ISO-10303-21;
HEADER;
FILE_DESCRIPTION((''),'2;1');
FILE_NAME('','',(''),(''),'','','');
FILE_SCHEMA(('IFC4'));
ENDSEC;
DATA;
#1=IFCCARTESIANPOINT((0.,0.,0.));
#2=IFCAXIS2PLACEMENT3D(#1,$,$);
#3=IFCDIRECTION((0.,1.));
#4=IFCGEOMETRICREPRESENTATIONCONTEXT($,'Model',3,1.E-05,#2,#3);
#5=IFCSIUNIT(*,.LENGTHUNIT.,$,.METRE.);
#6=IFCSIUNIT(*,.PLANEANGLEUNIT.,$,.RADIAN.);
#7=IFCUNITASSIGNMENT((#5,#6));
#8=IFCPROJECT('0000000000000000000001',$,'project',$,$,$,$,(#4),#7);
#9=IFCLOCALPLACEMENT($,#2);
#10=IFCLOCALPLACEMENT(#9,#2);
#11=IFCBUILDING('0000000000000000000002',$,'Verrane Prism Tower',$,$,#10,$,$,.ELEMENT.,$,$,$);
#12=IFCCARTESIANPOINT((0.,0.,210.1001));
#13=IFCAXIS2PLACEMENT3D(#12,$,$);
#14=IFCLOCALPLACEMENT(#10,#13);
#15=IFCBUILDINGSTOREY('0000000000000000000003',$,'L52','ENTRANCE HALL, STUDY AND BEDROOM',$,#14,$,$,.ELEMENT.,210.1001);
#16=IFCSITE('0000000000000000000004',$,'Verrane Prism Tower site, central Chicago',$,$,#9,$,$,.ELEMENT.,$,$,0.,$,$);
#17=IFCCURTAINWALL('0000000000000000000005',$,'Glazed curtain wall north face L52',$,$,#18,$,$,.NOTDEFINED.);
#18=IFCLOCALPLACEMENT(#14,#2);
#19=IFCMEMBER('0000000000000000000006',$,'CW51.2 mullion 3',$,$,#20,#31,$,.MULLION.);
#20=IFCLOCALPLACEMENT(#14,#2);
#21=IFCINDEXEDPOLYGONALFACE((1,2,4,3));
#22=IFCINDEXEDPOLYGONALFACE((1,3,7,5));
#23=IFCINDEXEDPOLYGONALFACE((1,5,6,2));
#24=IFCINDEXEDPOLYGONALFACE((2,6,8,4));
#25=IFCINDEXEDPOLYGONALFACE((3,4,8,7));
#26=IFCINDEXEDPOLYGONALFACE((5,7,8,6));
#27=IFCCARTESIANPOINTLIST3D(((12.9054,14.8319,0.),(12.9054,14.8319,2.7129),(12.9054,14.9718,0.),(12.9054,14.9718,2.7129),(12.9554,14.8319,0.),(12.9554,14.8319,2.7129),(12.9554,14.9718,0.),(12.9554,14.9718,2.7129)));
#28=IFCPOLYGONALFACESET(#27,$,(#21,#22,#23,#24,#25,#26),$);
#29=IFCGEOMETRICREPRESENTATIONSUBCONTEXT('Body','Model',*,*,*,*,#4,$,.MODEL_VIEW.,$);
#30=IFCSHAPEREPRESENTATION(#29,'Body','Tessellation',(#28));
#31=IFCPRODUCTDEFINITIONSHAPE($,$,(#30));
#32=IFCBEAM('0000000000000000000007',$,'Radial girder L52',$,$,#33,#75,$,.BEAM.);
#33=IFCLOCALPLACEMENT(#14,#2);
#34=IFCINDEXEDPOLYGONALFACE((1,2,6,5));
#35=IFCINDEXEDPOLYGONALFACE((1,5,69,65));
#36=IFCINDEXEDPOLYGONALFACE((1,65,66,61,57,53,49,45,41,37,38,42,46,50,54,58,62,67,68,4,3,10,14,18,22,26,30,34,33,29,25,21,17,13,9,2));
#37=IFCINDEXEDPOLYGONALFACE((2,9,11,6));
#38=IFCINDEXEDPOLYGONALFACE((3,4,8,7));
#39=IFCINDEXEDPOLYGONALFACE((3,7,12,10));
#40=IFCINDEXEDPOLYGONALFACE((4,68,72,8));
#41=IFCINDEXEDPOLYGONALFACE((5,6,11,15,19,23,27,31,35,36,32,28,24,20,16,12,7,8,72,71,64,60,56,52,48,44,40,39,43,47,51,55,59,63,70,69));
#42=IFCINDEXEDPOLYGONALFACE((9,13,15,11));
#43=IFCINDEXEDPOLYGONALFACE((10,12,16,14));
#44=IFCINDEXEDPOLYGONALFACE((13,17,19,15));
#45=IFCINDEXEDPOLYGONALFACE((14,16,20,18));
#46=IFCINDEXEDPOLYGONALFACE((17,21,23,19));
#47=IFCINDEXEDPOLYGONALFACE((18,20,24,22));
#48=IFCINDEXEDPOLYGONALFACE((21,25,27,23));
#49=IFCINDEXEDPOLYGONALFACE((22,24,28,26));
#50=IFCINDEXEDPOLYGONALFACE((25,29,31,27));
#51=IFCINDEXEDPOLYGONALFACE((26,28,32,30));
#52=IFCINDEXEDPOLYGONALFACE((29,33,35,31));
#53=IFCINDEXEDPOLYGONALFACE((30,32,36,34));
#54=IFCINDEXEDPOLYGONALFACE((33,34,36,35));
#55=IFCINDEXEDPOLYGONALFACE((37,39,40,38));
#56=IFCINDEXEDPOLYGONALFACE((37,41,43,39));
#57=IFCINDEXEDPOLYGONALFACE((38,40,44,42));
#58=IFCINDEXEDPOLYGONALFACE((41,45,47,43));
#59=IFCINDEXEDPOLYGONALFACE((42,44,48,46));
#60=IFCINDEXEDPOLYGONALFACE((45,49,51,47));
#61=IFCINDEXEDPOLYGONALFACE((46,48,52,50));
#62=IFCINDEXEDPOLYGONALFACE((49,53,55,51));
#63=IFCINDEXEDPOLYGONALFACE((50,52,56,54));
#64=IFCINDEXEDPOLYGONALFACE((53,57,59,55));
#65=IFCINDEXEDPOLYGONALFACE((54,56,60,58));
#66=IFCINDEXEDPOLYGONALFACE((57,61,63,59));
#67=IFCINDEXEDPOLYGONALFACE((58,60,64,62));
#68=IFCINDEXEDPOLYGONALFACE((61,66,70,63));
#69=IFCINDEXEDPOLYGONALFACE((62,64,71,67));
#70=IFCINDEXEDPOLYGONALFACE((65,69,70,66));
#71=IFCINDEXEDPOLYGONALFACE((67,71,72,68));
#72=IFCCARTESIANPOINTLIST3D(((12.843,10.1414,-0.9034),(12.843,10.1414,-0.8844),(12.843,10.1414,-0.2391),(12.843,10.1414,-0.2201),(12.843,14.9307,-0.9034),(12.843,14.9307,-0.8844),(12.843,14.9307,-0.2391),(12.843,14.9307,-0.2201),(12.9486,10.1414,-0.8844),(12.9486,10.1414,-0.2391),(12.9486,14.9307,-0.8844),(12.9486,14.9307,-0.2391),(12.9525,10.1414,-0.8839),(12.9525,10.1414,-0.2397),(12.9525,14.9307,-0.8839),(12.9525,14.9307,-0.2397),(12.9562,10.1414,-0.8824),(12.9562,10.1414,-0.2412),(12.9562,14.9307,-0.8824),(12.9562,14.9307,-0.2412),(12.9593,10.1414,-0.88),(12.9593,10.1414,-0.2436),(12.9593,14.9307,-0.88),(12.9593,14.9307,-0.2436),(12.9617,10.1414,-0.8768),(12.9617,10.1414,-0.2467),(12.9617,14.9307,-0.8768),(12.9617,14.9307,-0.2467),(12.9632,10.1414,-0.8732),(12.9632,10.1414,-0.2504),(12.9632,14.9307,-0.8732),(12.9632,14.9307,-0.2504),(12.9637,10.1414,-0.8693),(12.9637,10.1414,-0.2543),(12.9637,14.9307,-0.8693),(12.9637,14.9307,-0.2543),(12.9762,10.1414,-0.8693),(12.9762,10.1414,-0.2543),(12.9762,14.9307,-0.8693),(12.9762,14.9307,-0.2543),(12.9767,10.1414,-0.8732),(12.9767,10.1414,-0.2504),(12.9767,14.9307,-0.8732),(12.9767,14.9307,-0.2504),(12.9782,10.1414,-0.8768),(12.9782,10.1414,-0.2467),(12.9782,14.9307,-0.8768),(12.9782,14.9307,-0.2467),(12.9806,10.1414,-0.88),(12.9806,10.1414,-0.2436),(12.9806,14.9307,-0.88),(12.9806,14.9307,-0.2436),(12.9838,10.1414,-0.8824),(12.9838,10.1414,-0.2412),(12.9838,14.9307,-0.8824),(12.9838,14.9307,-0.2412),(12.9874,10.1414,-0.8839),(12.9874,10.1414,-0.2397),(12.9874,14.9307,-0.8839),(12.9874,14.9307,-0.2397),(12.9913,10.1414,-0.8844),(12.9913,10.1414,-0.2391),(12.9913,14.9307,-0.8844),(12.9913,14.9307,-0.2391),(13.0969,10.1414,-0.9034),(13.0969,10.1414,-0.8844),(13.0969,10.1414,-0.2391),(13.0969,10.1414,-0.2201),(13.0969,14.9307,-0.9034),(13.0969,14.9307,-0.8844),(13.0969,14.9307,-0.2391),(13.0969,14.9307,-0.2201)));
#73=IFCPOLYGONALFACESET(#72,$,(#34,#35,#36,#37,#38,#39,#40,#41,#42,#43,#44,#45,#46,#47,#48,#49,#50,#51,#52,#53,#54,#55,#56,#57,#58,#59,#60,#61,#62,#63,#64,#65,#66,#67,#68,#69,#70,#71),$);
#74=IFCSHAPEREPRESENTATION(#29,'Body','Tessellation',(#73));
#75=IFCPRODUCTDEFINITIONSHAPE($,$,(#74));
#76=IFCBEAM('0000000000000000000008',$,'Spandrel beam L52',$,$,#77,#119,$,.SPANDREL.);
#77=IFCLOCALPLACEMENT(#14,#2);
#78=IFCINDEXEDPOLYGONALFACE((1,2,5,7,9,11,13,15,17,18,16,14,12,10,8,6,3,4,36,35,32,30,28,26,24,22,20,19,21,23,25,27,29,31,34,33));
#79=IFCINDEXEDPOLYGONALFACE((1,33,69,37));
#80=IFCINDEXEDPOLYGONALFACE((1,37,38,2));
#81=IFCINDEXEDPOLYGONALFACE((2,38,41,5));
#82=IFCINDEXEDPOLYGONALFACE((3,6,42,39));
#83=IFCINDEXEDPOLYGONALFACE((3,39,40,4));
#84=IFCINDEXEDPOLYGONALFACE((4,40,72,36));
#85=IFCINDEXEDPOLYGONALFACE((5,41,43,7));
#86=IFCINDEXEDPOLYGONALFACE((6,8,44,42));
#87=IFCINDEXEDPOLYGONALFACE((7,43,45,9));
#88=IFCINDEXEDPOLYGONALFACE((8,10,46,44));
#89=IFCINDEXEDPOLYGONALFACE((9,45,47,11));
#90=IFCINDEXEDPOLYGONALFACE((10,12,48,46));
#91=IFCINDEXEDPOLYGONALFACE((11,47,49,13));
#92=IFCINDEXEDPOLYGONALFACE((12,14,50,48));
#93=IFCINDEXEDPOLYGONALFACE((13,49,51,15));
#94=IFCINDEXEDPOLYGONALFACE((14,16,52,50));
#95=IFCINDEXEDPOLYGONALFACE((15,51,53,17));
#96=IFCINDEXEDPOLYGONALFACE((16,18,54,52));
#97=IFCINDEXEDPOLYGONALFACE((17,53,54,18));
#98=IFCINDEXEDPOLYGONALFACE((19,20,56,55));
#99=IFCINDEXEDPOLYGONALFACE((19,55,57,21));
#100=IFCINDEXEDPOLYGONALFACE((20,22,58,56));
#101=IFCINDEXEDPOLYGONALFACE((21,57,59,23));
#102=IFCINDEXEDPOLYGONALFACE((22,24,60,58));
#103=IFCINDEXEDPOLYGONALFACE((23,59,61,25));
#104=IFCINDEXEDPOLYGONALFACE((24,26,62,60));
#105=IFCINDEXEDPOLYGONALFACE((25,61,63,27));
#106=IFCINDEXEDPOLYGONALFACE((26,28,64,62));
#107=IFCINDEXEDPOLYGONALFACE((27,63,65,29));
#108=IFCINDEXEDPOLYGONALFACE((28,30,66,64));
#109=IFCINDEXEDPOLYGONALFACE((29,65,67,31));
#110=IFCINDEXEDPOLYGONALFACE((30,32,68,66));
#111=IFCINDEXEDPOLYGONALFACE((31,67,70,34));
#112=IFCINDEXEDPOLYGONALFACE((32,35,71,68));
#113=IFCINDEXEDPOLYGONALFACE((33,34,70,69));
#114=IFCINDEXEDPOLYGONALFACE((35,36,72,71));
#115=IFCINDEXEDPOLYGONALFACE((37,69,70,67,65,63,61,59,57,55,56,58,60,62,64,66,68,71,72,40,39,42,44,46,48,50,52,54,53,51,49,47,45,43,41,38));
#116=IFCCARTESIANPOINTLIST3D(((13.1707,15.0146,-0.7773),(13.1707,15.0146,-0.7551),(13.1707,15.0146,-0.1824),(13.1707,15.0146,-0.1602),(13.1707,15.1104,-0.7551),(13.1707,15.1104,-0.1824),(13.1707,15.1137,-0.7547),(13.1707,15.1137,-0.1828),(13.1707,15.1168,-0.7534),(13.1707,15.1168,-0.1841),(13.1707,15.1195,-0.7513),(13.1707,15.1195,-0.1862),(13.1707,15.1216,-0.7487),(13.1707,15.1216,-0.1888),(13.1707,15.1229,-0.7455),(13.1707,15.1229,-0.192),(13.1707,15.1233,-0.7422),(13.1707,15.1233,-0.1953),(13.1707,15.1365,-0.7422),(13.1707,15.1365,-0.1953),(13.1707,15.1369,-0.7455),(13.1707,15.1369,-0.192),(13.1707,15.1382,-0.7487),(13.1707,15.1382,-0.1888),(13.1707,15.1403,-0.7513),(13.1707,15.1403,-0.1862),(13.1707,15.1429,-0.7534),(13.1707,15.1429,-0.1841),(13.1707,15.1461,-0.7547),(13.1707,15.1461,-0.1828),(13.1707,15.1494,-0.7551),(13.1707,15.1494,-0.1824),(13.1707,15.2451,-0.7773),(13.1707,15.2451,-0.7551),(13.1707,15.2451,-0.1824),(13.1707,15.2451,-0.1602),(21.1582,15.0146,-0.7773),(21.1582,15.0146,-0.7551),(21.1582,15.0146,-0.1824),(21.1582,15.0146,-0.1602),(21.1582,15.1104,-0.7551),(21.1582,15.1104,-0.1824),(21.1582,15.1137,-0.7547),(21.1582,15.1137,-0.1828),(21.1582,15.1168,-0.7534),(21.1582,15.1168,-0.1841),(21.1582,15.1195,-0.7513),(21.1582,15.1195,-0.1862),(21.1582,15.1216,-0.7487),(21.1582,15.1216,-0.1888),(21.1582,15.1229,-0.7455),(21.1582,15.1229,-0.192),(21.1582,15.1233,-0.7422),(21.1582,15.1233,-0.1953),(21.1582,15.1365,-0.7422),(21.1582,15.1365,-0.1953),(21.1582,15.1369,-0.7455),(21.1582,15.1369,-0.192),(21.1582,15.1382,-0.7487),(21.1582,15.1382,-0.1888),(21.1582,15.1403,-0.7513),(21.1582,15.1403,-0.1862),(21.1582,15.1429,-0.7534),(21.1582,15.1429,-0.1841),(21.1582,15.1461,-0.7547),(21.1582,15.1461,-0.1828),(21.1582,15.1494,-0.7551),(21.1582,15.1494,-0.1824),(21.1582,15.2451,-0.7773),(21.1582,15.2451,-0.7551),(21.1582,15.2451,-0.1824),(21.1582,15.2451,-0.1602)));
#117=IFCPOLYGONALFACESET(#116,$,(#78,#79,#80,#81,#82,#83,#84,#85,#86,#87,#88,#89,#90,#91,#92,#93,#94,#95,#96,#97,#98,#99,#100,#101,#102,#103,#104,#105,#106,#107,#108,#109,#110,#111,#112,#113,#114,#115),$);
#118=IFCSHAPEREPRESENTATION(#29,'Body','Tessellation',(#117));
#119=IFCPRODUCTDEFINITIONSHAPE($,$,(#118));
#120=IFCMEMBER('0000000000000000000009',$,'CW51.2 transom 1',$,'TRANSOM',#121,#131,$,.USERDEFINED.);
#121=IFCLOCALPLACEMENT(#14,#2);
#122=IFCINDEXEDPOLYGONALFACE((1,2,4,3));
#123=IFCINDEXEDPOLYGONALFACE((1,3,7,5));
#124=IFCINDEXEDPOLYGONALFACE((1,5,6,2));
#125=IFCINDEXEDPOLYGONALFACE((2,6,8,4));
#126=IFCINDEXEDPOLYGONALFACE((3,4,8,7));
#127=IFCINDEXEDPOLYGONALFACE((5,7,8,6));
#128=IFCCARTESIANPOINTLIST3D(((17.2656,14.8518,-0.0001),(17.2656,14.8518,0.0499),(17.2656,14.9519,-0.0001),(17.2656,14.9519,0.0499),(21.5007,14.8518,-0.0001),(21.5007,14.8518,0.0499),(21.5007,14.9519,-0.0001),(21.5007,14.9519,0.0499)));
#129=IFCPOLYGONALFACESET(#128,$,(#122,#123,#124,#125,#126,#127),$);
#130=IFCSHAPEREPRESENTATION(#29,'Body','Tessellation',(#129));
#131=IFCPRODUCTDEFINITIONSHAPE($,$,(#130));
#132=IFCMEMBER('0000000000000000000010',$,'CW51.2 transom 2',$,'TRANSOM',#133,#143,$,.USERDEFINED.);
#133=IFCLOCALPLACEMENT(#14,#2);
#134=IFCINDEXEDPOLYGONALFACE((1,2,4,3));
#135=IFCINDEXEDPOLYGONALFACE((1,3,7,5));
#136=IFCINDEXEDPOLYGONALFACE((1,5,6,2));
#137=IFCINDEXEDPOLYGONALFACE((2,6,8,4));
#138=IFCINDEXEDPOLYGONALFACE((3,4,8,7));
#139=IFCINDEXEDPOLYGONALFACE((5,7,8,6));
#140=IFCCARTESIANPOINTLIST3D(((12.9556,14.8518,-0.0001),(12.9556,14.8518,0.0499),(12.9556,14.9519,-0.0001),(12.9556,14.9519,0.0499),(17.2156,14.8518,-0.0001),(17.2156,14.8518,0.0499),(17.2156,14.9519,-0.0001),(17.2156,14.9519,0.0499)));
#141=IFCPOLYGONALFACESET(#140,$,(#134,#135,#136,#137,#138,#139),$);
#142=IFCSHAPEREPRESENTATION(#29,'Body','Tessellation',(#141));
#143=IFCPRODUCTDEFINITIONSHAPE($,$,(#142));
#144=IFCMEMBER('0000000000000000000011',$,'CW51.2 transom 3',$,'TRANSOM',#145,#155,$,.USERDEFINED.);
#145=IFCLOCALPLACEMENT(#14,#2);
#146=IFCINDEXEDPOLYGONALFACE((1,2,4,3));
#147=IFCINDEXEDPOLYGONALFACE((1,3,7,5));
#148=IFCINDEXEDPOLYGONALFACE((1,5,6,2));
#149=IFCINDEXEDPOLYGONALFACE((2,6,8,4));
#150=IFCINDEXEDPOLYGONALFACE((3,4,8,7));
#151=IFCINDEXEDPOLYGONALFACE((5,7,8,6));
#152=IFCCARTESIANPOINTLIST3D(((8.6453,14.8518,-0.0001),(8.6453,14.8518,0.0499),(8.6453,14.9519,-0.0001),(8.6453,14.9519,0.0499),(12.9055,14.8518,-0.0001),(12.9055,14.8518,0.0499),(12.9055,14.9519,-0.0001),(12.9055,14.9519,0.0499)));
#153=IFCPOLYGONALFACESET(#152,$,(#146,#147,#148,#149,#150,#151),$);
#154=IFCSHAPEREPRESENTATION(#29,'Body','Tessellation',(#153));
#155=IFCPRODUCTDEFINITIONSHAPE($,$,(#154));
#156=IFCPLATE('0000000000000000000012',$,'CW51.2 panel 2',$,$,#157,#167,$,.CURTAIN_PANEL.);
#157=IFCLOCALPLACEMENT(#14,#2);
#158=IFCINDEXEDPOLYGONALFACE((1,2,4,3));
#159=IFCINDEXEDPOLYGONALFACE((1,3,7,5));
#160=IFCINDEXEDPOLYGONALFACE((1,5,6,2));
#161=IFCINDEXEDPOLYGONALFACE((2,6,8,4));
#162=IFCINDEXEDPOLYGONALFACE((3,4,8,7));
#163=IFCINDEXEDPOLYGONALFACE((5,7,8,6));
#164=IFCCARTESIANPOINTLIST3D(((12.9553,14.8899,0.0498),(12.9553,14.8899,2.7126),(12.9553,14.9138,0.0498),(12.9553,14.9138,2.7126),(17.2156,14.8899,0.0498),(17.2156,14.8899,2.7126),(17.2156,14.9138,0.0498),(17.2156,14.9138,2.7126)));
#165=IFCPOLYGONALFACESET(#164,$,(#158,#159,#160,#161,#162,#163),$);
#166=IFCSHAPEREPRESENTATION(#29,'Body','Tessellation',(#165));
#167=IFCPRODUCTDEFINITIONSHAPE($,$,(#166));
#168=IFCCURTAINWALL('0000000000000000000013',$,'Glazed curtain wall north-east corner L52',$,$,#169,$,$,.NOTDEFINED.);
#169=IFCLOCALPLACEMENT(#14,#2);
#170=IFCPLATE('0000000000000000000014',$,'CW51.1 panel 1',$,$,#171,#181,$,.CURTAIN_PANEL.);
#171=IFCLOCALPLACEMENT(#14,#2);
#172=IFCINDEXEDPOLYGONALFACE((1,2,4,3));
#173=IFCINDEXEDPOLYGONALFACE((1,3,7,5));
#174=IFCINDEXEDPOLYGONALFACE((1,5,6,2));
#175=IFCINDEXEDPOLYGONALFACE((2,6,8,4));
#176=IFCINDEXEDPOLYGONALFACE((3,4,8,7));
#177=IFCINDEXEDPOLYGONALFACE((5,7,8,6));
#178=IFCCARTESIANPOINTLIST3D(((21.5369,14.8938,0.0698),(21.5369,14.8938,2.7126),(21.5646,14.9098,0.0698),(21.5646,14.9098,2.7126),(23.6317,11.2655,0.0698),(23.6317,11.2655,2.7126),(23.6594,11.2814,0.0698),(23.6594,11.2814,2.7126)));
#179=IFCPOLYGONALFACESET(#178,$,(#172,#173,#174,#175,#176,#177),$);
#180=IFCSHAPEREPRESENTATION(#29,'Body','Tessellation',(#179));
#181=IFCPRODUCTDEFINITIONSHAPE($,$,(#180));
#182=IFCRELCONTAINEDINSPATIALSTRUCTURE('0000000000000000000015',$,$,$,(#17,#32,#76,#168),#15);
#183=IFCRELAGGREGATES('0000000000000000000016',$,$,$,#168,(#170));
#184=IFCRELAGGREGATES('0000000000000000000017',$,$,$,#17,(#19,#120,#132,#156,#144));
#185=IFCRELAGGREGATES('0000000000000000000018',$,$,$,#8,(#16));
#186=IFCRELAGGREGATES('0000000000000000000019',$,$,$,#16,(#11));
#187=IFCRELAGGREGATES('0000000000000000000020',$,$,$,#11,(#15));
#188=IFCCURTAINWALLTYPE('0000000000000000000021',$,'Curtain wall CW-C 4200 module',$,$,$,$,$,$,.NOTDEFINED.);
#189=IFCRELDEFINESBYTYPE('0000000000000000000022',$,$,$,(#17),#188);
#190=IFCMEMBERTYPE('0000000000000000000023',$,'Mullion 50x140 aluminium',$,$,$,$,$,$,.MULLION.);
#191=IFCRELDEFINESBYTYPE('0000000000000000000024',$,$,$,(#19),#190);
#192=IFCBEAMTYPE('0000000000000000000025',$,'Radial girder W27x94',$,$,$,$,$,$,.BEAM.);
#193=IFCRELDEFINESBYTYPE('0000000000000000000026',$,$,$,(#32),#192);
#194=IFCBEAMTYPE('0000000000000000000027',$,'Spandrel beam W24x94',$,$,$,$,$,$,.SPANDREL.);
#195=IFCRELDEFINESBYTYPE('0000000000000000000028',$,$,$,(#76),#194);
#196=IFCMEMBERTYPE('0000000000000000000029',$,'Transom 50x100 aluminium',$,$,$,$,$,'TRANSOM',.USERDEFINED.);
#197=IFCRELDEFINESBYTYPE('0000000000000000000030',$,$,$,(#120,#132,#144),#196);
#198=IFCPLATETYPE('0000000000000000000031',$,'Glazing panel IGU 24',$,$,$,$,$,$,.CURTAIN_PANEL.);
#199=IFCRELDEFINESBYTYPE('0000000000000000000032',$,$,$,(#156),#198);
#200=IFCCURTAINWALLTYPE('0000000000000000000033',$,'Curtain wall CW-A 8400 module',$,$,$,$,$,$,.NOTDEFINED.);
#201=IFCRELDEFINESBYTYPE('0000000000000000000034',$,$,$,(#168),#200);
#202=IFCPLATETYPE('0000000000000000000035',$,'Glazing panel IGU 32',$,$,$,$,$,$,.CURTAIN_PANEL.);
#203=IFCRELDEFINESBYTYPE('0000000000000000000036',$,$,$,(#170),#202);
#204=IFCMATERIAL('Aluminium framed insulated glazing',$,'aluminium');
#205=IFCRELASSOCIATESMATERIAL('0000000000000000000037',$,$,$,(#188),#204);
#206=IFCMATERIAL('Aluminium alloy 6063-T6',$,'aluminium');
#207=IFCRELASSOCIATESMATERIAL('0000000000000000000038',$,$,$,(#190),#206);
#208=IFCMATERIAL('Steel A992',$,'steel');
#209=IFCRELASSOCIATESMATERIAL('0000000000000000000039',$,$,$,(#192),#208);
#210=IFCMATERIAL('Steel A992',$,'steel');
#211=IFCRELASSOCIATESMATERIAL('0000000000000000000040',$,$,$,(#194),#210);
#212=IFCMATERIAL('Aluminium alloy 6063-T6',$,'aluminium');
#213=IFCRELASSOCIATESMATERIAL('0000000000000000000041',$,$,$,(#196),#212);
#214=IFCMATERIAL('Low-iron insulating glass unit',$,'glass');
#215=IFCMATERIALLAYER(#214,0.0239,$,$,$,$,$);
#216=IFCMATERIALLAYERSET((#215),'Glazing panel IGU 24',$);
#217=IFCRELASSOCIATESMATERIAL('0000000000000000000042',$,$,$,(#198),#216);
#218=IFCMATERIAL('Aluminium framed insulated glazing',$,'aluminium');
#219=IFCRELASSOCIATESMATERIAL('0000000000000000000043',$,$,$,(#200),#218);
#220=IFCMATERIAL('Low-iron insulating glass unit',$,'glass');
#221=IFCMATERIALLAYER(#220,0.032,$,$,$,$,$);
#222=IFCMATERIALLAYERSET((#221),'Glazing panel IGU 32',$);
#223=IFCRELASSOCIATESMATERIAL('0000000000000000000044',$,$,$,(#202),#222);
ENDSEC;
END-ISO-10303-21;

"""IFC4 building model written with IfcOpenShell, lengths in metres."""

from ifc_helpers import new_model, si_unit, direction, frame, origin, origin_2d, place, context, subcontext, project, spatial, rectangle, i_section, extrude, material, layer, layer_set, material_profile, profile_set, type_object, element, aggregate, save


model = new_model("IFC4")

# Units and contexts
model_context = context("Model", 3, precision=1e-05, world=origin(), true_north=direction((0.0, 1.0)))
body_context = subcontext(model_context, "Body", "Model", "MODEL_VIEW")
ifc_project = project(units=[si_unit("LENGTHUNIT", "METRE"), si_unit("PLANEANGLEUNIT", "RADIAN")], contexts=[model_context])

# Site, building, storey
site_placement = place(None, origin())
site = spatial("IfcSite", under=ifc_project, at=site_placement, Name="Verrane Prism Tower site, central Chicago", CompositionType="ELEMENT", RefElevation=0.0)
building_placement = place(site_placement, origin())
building = spatial("IfcBuilding", under=site, at=building_placement, Name="Verrane Prism Tower", CompositionType="ELEMENT")
storey_placement = place(building_placement, frame((0.0, 0.0, 210.1001)))
storey = spatial("IfcBuildingStorey", under=building, at=storey_placement, Name="L52", Description="ENTRANCE HALL, STUDY AND BEDROOM", CompositionType="ELEMENT", Elevation=210.1001)

# Curtain wall, member
ifc_material_1 = material(Name="Aluminium framed insulated glazing", Category="aluminium")
curtain_wall_type_1 = type_object("IfcCurtainWallType", Name="Curtain wall CW-C 4200 module", PredefinedType="NOTDEFINED", material=ifc_material_1)
curtain_wall_1_placement = place(storey_placement, origin())
curtain_wall_1 = element("IfcCurtainWall", 1, at=curtain_wall_1_placement, inside=storey, type_object=curtain_wall_type_1, Name="Glazed curtain wall north face L52", PredefinedType="NOTDEFINED")
ifc_material_2 = material(Name="Aluminium alloy 6063-T6", Category="aluminium")
ifc_material_profile_1 = material_profile(ifc_material_2, rectangle(XDim=0.1399, YDim=0.05, at=origin_2d()), Name="Mullion 50x140 aluminium")
ifc_profile_set_1 = profile_set([ifc_material_profile_1], Name="Aluminium alloy 6063-T6")
member_type_1 = type_object("IfcMemberType", Name="Mullion 50x140 aluminium", PredefinedType="MULLION", material=ifc_profile_set_1)
member_1_placement = place(storey_placement, frame((12.9304, 14.9019, 0.0), z_axis=(0.0, 0.0, 1.0), x_axis=(0.0, -1.0, 0.0)))
member_1 = element("IfcMember", 2, at=member_1_placement, type_object=member_type_1, Name="CW51.2 mullion 3", PredefinedType="MULLION", context=body_context, shape_type="SweptSolid", body=[
    extrude(rectangle(XDim=0.1399, YDim=0.05, at=origin_2d()), origin(), (0.0, 0.0, 1.0), 2.7129),
])

# Beams
ifc_material_3 = material(Name="Steel A992", Category="steel")
ifc_material_profile_2 = material_profile(ifc_material_3, i_section(OverallWidth=0.2539, OverallDepth=0.6833, WebThickness=0.0125, FlangeThickness=0.019, FilletRadius=0.0151, at=origin_2d()), Name="W27x94")
ifc_profile_set_2 = profile_set([ifc_material_profile_2], Name="Steel A992")
beam_type_1 = type_object("IfcBeamType", Name="Radial girder W27x94", PredefinedType="BEAM", material=ifc_profile_set_2)
beam_1_placement = place(storey_placement, frame((12.97, 14.9307, -0.5618), z_axis=(0.0, -1.0, 0.0), x_axis=(1.0, 0.0, 0.0)))
element("IfcBeam", 3, at=beam_1_placement, inside=storey, type_object=beam_type_1, Name="Radial girder L52", PredefinedType="BEAM", context=body_context, shape_type="SweptSolid", body=[
    extrude(i_section(OverallWidth=0.2539, OverallDepth=0.6833, WebThickness=0.0125, FlangeThickness=0.019, FilletRadius=0.0151, at=origin_2d()), origin(), (0.0, 0.0, 1.0), 4.7893),
])
ifc_material_4 = material(Name="Steel A992", Category="steel")
ifc_material_profile_3 = material_profile(ifc_material_4, i_section(OverallWidth=0.2305, OverallDepth=0.6172, WebThickness=0.0132, FlangeThickness=0.0222, FilletRadius=0.0129, at=origin_2d()), Name="W24x94")
ifc_profile_set_3 = profile_set([ifc_material_profile_3], Name="Steel A992")
beam_type_2 = type_object("IfcBeamType", Name="Spandrel beam W24x94", PredefinedType="SPANDREL", material=ifc_profile_set_3)
beam_2_placement = place(storey_placement, frame((21.1582, 15.1299, -0.4688), z_axis=(-1.0, 0.0, 0.0), x_axis=(0.0, -1.0, 0.0)))
element("IfcBeam", 4, at=beam_2_placement, inside=storey, type_object=beam_type_2, Name="Spandrel beam L52", PredefinedType="SPANDREL", context=body_context, shape_type="SweptSolid", body=[
    extrude(i_section(OverallWidth=0.2305, OverallDepth=0.6172, WebThickness=0.0132, FlangeThickness=0.0222, FilletRadius=0.0129, at=origin_2d()), origin(), (0.0, 0.0, 1.0), 7.9875),
])

# Members
ifc_material_5 = material(Name="Aluminium alloy 6063-T6", Category="aluminium")
ifc_material_profile_4 = material_profile(ifc_material_5, rectangle(XDim=0.1001, YDim=0.05, at=origin_2d()), Name="Transom 50x100 aluminium")
ifc_profile_set_4 = profile_set([ifc_material_profile_4], Name="Aluminium alloy 6063-T6")
member_type_2 = type_object("IfcMemberType", Name="Transom 50x100 aluminium", ElementType="TRANSOM", PredefinedType="USERDEFINED", material=ifc_profile_set_4)
member_2_placement = place(storey_placement, frame((21.5007, 14.9019, 0.0249), z_axis=(-1.0, 0.0, 0.0), x_axis=(0.0, -1.0, 0.0)))
member_2 = element("IfcMember", 5, at=member_2_placement, type_object=member_type_2, Name="CW51.2 transom 1", ObjectType="TRANSOM", PredefinedType="USERDEFINED", context=body_context, shape_type="SweptSolid", body=[
    extrude(rectangle(XDim=0.1001, YDim=0.05, at=origin_2d()), origin(), (0.0, 0.0, 1.0), 4.2351),
])
member_3_placement = place(storey_placement, frame((17.2156, 14.9019, 0.0249), z_axis=(-1.0, 0.0, 0.0), x_axis=(0.0, -1.0, 0.0)))
member_3 = element("IfcMember", 6, at=member_3_placement, type_object=member_type_2, Name="CW51.2 transom 2", ObjectType="TRANSOM", PredefinedType="USERDEFINED", context=body_context, shape_type="SweptSolid", body=[
    extrude(rectangle(XDim=0.1001, YDim=0.05, at=origin_2d()), origin(), (0.0, 0.0, 1.0), 4.26),
])
member_4_placement = place(storey_placement, frame((12.9055, 14.9019, 0.0249), z_axis=(-1.0, 0.0, 0.0), x_axis=(0.0, -1.0, 0.0)))
member_4 = element("IfcMember", 7, at=member_4_placement, type_object=member_type_2, Name="CW51.2 transom 3", ObjectType="TRANSOM", PredefinedType="USERDEFINED", context=body_context, shape_type="SweptSolid", body=[
    extrude(rectangle(XDim=0.1001, YDim=0.05, at=origin_2d()), origin(), (0.0, 0.0, 1.0), 4.2603),
])

# Plate
ifc_material_6 = material(Name="Low-iron insulating glass unit", Category="glass")
ifc_layer_1 = layer(ifc_material_6, 0.0239)
ifc_layer_set_1 = layer_set([ifc_layer_1], Name="Glazing panel IGU 24")
plate_type_1 = type_object("IfcPlateType", Name="Glazing panel IGU 24", PredefinedType="CURTAIN_PANEL", material=ifc_layer_set_1)
plate_1_placement = place(storey_placement, frame((15.0854, 14.9019, 0.0498), z_axis=(0.0, 0.0, 1.0), x_axis=(-1.0, 0.0, 0.0)))
plate_1 = element("IfcPlate", 8, at=plate_1_placement, type_object=plate_type_1, Name="CW51.2 panel 2", PredefinedType="CURTAIN_PANEL", context=body_context, shape_type="SweptSolid", body=[
    extrude(rectangle(XDim=4.2603, YDim=0.0239, at=origin_2d()), origin(), (0.0, 0.0, 1.0), 2.6628),
])

# Curtain wall, plate
ifc_material_7 = material(Name="Aluminium framed insulated glazing", Category="aluminium")
curtain_wall_type_2 = type_object("IfcCurtainWallType", Name="Curtain wall CW-A 8400 module", PredefinedType="NOTDEFINED", material=ifc_material_7)
curtain_wall_2_placement = place(storey_placement, origin())
curtain_wall_2 = element("IfcCurtainWall", 9, at=curtain_wall_2_placement, inside=storey, type_object=curtain_wall_type_2, Name="Glazed curtain wall north-east corner L52", PredefinedType="NOTDEFINED")
ifc_material_8 = material(Name="Low-iron insulating glass unit", Category="glass")
ifc_layer_2 = layer(ifc_material_8, 0.032)
ifc_layer_set_2 = layer_set([ifc_layer_2], Name="Glazing panel IGU 32")
plate_type_2 = type_object("IfcPlateType", Name="Glazing panel IGU 32", PredefinedType="CURTAIN_PANEL", material=ifc_layer_set_2)
plate_2_placement = place(storey_placement, frame((22.5981, 13.0876, 0.0698), z_axis=(0.0, 0.0, 1.0), x_axis=(-0.499999, 0.866026, 0.0)))
plate_2 = element("IfcPlate", 10, at=plate_2_placement, type_object=plate_type_2, Name="CW51.1 panel 1", PredefinedType="CURTAIN_PANEL", context=body_context, shape_type="SweptSolid", body=[
    extrude(rectangle(XDim=4.1897, YDim=0.032, at=origin_2d()), origin(), (0.0, 0.0, 1.0), 2.6428),
])
aggregate(curtain_wall_2, [plate_2])

aggregate(curtain_wall_1, [member_1, member_2, member_3, plate_1, member_4])

save(model, "model.ifc")
